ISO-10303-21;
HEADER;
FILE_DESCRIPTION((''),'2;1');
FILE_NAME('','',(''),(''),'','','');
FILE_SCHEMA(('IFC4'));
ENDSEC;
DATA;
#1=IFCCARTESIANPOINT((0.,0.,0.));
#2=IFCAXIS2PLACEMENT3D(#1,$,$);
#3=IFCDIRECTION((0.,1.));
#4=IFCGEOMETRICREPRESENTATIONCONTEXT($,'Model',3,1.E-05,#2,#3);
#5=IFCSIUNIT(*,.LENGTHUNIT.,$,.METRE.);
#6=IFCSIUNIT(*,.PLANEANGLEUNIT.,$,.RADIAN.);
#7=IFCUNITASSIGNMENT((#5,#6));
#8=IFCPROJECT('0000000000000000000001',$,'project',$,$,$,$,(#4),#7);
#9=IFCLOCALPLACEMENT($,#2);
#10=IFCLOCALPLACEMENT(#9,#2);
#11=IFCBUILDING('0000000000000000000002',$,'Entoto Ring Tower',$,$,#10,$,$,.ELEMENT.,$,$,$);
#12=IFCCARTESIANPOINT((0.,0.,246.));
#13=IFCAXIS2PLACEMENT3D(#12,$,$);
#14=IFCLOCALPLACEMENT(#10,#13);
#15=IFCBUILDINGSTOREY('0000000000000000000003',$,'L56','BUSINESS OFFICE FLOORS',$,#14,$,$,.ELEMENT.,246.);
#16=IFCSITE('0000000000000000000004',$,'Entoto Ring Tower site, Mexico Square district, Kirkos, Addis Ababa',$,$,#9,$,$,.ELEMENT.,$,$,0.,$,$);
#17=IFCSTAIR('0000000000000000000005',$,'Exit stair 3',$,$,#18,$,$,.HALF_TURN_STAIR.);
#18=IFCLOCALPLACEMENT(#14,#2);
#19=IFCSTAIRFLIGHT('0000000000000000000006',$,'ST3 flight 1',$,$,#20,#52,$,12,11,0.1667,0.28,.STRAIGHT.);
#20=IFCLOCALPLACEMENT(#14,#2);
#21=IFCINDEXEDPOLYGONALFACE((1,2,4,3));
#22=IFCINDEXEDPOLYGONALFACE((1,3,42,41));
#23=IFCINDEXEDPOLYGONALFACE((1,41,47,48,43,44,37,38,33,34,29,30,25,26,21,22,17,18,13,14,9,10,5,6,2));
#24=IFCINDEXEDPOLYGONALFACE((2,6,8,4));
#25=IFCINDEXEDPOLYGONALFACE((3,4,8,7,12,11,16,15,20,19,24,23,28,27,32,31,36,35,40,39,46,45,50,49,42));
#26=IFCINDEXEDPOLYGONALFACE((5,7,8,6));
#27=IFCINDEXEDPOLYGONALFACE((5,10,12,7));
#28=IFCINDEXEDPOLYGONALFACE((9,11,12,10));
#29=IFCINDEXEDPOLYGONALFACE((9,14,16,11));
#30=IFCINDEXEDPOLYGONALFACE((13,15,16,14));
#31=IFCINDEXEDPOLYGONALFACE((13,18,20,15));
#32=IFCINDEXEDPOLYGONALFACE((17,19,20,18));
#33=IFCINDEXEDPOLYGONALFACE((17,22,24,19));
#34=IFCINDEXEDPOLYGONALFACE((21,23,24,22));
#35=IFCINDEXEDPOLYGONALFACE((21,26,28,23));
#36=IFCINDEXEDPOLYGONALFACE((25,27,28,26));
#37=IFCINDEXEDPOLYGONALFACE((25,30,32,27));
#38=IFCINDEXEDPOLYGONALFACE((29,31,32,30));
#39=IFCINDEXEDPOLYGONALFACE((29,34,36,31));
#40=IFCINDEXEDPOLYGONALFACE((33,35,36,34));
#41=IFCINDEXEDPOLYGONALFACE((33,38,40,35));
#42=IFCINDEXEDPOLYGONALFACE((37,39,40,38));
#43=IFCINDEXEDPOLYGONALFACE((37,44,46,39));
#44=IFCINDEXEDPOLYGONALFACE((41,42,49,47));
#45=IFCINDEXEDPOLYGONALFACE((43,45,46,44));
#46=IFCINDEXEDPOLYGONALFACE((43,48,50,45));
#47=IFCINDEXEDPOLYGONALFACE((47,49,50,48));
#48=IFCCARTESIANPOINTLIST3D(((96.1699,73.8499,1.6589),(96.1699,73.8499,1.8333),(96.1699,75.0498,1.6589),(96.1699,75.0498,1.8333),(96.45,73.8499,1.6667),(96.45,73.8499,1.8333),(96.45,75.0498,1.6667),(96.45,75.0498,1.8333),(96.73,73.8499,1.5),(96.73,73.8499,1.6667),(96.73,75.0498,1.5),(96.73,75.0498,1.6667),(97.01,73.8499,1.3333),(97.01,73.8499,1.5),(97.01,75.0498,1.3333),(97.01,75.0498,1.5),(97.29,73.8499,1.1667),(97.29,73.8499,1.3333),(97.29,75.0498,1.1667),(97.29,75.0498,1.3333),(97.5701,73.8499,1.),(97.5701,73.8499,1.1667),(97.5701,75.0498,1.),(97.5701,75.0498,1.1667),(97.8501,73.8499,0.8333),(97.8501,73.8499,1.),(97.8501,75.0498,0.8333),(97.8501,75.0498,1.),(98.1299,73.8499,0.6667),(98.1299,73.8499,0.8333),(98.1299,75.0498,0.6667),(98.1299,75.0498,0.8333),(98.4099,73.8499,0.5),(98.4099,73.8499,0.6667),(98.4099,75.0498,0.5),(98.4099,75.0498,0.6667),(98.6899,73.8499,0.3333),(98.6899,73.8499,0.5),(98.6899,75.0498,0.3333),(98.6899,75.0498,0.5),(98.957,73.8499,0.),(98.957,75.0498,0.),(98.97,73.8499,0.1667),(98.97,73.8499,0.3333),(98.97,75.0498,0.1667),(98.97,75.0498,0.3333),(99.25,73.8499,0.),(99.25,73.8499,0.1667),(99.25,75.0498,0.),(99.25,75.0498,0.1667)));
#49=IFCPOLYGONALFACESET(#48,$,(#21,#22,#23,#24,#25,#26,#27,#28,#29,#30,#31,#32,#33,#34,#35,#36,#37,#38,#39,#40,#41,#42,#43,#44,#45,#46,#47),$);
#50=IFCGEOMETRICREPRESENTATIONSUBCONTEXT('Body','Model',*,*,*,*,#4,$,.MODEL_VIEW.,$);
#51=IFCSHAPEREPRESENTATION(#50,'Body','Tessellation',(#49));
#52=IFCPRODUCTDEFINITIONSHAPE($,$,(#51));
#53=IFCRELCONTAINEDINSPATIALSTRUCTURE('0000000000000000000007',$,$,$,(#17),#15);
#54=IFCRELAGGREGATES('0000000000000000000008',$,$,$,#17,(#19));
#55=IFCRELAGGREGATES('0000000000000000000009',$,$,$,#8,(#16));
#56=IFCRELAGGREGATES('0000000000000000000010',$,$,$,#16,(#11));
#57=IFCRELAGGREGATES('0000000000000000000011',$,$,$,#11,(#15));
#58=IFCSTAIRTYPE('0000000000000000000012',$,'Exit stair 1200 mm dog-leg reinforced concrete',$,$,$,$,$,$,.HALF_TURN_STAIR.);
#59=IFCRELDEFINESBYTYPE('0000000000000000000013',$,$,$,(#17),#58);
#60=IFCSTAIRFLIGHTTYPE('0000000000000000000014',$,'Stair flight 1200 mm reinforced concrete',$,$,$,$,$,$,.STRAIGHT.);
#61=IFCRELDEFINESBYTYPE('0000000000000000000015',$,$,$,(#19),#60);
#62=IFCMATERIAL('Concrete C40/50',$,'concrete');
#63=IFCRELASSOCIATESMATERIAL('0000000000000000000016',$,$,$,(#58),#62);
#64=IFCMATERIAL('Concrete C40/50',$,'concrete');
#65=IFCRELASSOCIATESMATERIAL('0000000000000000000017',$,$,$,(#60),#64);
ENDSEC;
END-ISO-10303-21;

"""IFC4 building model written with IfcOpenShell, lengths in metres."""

from ifc_helpers import new_model, si_unit, direction, frame, origin, place, context, subcontext, project, spatial, polyline, outline, extrude, material, type_object, element, aggregate, save


model = new_model("IFC4")

# Units and contexts
model_context = context("Model", 3, precision=1e-05, world=origin(), true_north=direction((0.0, 1.0)))
body_context = subcontext(model_context, "Body", "Model", "MODEL_VIEW")
ifc_project = project(units=[si_unit("LENGTHUNIT", "METRE"), si_unit("PLANEANGLEUNIT", "RADIAN")], contexts=[model_context])

# Site, building, storey
site_placement = place(None, origin())
site = spatial("IfcSite", under=ifc_project, at=site_placement, Name="Entoto Ring Tower site, Mexico Square district, Kirkos, Addis Ababa", CompositionType="ELEMENT", RefElevation=0.0)
building_placement = place(site_placement, origin())
building = spatial("IfcBuilding", under=site, at=building_placement, Name="Entoto Ring Tower", CompositionType="ELEMENT")
storey_placement = place(building_placement, frame((0.0, 0.0, 246.0)))
storey = spatial("IfcBuildingStorey", under=building, at=storey_placement, Name="L56", Description="BUSINESS OFFICE FLOORS", CompositionType="ELEMENT", Elevation=246.0)

# Stair, stair flight
ifc_material_1 = material(Name="Concrete C40/50", Category="concrete")
stair_type = type_object("IfcStairType", Name="Exit stair 1200 mm dog-leg reinforced concrete", PredefinedType="HALF_TURN_STAIR", material=ifc_material_1)
stair_placement = place(storey_placement, origin())
stair = element("IfcStair", 1, at=stair_placement, inside=storey, type_object=stair_type, Name="Exit stair 3", PredefinedType="HALF_TURN_STAIR")
ifc_material_2 = material(Name="Concrete C40/50", Category="concrete")
stair_flight_type = type_object("IfcStairFlightType", Name="Stair flight 1200 mm reinforced concrete", PredefinedType="STRAIGHT", material=ifc_material_2)
stair_flight_placement = place(storey_placement, frame((99.25, 74.45, 0.0), z_axis=(0.0, 0.0, 1.0), x_axis=(-1.0, 0.0, 0.0)))
stair_flight = element("IfcStairFlight", 2, at=stair_flight_placement, type_object=stair_flight_type, Name="ST3 flight 1", NumberOfRisers=12, NumberOfTreads=11, PredefinedType="STRAIGHT", RiserHeight=0.1667, TreadLength=0.28, context=body_context, shape_type="SweptSolid", body=[
    extrude(outline(polyline([(0.0, 0.0), (0.0, 0.1667), (0.28, 0.1667), (0.28, 0.3333), (0.5601, 0.3333), (0.5601, 0.5), (0.8401, 0.5), (0.8401, 0.6667), (1.1201, 0.6667), (1.1201, 0.8333), (1.3999, 0.8333), (1.3999, 1.0), (1.6799, 1.0), (1.6799, 1.1667), (1.96, 1.1667), (1.96, 1.3333), (2.24, 1.3333), (2.24, 1.5), (2.52, 1.5), (2.52, 1.6667), (2.8, 1.6667), (2.8, 1.8333), (3.0801, 1.8333), (3.0801, 2.0), (3.0801, 1.6589), (0.293, 0.0), (0.0, 0.0)])), frame((0.0, 0.6001, 0.0), z_axis=(0.0, -1.0, 0.0), x_axis=(1.0, 0.0, 0.0)), (0.0, 0.0, 1.0), 1.2),
])
aggregate(stair, [stair_flight])

save(model, "model.ifc")
